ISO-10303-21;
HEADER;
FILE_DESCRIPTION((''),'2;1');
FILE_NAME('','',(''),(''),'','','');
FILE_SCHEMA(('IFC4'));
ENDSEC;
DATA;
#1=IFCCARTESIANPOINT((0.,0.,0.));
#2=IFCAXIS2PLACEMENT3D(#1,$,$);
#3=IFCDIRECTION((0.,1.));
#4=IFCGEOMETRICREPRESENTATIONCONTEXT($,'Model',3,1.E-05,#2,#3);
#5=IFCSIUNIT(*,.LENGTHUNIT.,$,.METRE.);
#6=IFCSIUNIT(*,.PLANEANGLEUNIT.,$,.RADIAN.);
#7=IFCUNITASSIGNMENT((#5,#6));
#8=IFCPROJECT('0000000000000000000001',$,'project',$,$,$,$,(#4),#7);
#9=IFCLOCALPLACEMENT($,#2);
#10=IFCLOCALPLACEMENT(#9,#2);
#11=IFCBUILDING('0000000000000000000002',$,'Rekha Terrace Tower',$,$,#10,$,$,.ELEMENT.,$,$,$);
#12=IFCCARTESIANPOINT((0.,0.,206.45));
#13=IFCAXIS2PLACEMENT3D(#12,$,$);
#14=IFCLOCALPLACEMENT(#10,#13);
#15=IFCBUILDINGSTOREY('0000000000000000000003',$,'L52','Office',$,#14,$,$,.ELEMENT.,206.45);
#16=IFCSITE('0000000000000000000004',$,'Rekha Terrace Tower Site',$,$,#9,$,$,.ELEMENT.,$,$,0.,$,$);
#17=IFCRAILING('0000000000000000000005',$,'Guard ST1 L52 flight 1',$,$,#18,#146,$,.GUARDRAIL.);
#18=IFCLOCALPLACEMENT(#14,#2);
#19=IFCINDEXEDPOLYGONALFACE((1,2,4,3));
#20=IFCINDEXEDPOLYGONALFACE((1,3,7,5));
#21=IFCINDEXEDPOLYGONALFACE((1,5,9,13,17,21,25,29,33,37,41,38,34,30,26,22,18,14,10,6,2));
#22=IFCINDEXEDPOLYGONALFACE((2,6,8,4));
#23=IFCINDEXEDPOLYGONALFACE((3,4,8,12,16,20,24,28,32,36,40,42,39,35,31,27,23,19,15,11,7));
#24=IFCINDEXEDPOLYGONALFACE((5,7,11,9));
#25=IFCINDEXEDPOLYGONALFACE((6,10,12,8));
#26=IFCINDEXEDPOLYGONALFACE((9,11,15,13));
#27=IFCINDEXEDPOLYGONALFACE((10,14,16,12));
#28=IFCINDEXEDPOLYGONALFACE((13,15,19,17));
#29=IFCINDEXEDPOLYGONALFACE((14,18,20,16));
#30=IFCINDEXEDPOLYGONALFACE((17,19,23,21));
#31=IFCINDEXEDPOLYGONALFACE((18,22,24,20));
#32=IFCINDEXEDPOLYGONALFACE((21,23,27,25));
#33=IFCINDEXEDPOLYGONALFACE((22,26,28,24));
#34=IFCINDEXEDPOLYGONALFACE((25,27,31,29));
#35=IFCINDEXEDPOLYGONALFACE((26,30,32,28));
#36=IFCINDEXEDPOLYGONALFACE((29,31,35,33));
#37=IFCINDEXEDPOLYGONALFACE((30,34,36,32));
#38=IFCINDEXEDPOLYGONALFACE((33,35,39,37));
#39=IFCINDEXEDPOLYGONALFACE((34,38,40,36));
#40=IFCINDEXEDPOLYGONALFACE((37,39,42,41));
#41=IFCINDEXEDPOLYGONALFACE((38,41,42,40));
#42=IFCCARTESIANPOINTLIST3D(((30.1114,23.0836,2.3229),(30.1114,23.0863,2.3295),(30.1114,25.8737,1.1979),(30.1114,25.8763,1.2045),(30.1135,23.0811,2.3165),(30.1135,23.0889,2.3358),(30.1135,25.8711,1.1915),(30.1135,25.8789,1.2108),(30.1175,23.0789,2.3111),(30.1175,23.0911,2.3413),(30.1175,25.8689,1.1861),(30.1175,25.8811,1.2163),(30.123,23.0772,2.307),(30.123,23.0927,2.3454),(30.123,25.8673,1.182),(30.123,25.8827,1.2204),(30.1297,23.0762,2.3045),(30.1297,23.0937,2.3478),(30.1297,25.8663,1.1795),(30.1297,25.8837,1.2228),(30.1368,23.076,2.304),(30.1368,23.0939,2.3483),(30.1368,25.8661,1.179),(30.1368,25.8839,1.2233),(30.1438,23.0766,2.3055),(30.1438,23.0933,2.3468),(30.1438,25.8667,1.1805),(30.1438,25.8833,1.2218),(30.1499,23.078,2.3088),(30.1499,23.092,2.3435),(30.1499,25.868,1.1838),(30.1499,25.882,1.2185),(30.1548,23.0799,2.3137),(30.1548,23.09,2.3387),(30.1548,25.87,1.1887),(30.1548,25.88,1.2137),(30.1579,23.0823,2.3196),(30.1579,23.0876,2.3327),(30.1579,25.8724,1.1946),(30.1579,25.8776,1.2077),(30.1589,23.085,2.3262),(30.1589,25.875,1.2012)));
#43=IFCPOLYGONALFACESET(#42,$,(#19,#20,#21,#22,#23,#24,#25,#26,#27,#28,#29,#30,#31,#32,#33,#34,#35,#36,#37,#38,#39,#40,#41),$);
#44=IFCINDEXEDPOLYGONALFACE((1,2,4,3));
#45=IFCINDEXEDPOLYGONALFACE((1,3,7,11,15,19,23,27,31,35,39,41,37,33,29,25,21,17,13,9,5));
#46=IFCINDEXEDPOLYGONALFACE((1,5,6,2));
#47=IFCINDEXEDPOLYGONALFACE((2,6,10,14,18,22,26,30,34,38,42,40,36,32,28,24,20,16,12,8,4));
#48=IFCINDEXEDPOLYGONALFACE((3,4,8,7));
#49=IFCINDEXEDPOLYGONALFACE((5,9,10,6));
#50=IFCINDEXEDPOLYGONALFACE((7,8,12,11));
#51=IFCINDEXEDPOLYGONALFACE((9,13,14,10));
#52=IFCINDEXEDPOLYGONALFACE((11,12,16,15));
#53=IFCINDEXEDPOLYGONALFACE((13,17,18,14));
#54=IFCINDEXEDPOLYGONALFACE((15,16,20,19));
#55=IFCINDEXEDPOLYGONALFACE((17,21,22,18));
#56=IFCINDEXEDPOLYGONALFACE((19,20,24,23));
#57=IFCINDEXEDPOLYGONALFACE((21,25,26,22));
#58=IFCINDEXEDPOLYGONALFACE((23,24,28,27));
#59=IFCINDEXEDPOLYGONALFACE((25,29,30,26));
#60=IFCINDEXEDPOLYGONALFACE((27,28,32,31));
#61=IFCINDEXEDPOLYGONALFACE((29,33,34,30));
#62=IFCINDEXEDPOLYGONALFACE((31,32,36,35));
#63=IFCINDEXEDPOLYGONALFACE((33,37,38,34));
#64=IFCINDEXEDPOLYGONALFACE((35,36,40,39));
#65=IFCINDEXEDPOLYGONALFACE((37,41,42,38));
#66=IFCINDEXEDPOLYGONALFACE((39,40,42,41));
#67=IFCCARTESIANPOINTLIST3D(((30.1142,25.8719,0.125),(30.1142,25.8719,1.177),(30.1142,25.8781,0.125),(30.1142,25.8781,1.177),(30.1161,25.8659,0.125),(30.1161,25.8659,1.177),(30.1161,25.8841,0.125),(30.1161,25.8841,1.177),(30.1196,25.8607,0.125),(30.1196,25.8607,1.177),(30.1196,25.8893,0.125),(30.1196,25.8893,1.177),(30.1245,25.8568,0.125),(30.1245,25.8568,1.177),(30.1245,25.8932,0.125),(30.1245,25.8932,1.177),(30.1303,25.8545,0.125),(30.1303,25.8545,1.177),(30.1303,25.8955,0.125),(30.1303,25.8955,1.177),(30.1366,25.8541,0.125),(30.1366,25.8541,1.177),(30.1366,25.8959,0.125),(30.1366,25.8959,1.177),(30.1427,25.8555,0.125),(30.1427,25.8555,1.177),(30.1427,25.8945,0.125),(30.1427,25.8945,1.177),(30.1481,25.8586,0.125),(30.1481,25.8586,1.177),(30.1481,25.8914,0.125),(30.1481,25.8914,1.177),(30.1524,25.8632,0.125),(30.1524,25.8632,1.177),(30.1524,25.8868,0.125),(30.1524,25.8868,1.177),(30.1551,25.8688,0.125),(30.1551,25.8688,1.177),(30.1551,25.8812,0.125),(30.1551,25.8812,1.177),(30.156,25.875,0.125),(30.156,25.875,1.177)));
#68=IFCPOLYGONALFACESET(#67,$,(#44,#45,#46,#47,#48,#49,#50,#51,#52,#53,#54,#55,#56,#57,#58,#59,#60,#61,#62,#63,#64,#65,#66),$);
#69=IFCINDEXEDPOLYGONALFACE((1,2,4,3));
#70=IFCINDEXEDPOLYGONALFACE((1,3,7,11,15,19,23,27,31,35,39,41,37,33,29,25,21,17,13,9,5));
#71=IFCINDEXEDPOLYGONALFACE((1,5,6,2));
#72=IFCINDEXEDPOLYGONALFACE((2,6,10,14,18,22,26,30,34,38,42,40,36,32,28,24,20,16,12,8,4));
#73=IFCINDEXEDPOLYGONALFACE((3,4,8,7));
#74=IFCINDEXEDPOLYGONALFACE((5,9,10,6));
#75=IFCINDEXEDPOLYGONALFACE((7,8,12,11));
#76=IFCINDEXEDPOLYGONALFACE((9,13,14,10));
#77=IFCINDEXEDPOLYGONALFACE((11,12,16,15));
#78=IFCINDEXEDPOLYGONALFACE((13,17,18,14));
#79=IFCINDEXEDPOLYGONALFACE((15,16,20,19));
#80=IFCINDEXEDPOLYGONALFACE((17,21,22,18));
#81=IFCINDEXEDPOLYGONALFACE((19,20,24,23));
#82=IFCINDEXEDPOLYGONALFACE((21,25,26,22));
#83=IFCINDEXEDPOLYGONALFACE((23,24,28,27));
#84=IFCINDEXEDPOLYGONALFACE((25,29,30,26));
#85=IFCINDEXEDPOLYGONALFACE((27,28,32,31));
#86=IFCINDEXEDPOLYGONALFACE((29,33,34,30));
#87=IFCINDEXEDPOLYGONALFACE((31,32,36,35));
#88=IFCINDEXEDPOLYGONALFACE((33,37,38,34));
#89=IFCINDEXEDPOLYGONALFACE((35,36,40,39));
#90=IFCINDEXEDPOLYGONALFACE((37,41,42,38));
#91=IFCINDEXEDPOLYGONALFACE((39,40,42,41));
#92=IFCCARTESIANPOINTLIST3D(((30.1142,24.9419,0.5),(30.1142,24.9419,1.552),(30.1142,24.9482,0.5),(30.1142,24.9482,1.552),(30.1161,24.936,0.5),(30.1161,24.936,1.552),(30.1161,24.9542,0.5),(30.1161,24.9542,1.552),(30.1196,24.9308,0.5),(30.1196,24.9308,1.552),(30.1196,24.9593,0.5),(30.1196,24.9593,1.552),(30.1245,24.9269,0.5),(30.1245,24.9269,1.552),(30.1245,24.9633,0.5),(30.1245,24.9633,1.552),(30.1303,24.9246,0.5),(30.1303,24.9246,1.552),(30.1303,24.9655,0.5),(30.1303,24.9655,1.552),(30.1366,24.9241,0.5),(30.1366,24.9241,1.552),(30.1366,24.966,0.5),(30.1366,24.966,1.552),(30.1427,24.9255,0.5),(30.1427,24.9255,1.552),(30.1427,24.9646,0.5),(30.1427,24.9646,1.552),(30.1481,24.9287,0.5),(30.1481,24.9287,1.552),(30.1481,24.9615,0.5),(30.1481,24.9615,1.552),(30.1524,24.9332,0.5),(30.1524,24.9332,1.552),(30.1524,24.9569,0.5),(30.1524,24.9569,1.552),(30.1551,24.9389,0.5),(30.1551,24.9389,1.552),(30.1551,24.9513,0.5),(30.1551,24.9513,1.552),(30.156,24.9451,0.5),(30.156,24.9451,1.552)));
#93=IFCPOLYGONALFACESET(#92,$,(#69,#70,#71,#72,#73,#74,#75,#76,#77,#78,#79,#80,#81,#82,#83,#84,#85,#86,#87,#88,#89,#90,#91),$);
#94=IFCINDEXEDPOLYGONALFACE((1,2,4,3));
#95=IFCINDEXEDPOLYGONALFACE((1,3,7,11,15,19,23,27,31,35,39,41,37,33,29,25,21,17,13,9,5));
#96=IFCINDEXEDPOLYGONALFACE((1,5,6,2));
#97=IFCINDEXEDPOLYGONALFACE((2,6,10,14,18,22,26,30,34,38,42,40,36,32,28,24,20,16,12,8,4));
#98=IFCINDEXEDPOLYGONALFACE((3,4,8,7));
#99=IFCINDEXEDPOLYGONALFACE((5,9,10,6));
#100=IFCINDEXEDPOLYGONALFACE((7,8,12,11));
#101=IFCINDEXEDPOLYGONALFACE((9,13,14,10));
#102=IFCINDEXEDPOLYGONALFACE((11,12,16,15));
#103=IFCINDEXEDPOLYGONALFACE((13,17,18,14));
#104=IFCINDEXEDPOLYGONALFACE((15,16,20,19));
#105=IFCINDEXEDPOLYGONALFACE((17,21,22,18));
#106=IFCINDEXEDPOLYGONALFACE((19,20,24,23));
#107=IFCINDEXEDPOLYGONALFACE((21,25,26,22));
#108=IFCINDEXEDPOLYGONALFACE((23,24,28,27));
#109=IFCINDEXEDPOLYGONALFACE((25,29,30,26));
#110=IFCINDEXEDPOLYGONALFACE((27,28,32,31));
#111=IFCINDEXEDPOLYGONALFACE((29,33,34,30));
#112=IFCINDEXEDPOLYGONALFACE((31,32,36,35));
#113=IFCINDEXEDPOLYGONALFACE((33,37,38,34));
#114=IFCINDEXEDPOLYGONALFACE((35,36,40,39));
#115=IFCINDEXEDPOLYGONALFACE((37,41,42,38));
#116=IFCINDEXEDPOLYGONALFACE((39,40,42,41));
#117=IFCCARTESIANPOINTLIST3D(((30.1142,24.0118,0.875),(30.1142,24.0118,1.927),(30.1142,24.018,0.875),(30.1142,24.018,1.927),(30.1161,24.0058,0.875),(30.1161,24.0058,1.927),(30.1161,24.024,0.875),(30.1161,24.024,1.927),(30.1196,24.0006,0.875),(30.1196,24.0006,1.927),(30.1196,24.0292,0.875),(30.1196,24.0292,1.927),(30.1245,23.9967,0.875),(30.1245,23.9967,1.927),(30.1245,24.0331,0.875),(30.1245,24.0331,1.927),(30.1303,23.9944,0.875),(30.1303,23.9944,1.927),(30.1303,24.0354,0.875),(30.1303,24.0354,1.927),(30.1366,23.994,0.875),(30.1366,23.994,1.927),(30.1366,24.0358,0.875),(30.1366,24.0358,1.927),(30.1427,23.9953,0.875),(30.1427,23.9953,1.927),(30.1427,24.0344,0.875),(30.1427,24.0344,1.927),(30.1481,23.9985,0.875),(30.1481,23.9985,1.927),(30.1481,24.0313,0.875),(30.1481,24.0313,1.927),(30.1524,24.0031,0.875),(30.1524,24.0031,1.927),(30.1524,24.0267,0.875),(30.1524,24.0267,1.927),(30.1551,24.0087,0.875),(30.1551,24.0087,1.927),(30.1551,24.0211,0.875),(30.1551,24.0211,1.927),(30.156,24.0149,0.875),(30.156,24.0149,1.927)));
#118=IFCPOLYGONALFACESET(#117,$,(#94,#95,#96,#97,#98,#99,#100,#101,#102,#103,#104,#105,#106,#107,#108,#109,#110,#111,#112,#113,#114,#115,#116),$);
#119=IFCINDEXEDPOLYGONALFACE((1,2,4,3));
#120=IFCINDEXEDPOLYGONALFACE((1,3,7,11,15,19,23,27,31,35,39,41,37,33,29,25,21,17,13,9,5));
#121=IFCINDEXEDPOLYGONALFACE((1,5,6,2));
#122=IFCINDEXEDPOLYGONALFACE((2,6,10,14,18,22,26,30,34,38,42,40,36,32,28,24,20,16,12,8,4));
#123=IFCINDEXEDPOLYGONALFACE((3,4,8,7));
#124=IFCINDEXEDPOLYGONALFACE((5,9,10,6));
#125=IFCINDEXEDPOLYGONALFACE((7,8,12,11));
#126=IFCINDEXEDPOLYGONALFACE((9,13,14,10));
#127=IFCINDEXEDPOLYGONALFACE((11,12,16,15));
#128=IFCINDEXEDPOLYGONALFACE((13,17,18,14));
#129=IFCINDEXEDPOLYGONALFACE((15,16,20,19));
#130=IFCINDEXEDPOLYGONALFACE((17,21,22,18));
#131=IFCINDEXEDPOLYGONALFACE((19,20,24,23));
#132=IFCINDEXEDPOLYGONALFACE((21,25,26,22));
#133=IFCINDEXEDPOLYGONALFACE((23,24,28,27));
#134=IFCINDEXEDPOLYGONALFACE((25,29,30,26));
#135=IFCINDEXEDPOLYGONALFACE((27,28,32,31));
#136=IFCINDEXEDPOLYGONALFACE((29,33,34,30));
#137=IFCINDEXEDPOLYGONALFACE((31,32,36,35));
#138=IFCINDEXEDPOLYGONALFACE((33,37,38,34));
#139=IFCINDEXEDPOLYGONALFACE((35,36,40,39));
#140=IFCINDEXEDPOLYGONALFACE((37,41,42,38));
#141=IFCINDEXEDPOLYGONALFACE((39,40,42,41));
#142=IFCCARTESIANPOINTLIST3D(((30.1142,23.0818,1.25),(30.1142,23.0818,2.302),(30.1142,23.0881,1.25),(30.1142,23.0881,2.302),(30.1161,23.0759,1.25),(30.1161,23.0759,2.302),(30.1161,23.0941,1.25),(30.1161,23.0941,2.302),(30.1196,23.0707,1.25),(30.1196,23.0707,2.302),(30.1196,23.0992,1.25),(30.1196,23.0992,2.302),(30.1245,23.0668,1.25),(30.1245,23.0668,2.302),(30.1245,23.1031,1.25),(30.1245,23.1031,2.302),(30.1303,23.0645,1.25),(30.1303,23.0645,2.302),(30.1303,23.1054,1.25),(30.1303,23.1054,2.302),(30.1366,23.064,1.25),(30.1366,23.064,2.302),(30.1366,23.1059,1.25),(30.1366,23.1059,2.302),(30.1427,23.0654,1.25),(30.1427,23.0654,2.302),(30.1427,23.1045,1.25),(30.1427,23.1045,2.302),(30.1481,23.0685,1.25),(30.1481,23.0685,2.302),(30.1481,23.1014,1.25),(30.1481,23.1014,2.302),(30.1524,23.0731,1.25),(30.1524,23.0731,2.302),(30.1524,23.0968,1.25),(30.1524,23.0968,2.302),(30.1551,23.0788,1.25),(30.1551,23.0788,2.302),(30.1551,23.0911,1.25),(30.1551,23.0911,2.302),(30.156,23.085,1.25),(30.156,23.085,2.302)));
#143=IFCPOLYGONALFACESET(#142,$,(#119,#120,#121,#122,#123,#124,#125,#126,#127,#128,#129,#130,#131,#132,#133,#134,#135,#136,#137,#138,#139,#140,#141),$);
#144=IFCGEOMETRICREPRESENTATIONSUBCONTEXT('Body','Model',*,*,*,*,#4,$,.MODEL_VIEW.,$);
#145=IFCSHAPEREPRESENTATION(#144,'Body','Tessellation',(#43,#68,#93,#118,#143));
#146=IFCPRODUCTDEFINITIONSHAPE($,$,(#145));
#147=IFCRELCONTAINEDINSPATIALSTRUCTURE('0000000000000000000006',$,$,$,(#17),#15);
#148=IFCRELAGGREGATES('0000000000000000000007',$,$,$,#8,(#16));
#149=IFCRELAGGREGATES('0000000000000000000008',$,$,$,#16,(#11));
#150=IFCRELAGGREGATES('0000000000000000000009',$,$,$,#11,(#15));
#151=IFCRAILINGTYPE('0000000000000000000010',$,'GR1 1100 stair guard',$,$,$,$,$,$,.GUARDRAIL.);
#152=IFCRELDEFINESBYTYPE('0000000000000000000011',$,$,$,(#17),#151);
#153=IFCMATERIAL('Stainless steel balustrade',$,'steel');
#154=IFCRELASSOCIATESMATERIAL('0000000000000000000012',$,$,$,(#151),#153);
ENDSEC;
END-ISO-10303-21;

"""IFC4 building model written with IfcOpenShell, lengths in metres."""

from ifc_helpers import new_model, si_unit, direction, frame, origin, origin_2d, place, context, subcontext, project, spatial, circle, extrude, material, type_object, element, save


model = new_model("IFC4")

# Units and contexts
model_context = context("Model", 3, precision=1e-05, world=origin(), true_north=direction((0.0, 1.0)))
body_context = subcontext(model_context, "Body", "Model", "MODEL_VIEW")
ifc_project = project(units=[si_unit("LENGTHUNIT", "METRE"), si_unit("PLANEANGLEUNIT", "RADIAN")], contexts=[model_context])

# Site, building, storey
site_placement = place(None, origin())
site = spatial("IfcSite", under=ifc_project, at=site_placement, Name="Rekha Terrace Tower Site", CompositionType="ELEMENT", RefElevation=0.0)
building_placement = place(site_placement, origin())
building = spatial("IfcBuilding", under=site, at=building_placement, Name="Rekha Terrace Tower", CompositionType="ELEMENT")
storey_placement = place(building_placement, frame((0.0, 0.0, 206.45)))
storey = spatial("IfcBuildingStorey", under=building, at=storey_placement, Name="L52", Description="Office", CompositionType="ELEMENT", Elevation=206.45)

# Railing
ifc_material_1 = material(Name="Stainless steel balustrade", Category="steel")
railing_type_1 = type_object("IfcRailingType", Name="GR1 1100 stair guard", PredefinedType="GUARDRAIL", material=ifc_material_1)
railing_1_placement = place(storey_placement, frame((30.135, 25.875, 0.125)))
element("IfcRailing", 1, at=railing_1_placement, inside=storey, type_object=railing_type_1, Name="Guard ST1 L52 flight 1", PredefinedType="GUARDRAIL", context=body_context, shape_type="SweptSolid", body=[
    extrude(circle(Radius=0.0239, at=origin_2d()), frame((0.0, 0.0, 1.0762), z_axis=(0.0, -0.927443, 0.373964), x_axis=(1.0, 0.0, 0.0)), (0.0, 0.0, 1.0), 3.0083),
    extrude(circle(Radius=0.021, at=origin_2d()), origin(), (0.0, 0.0, 1.0), 1.052),
    extrude(circle(Radius=0.021, at=origin_2d()), frame((0.0, -0.9299, 0.375)), (0.0, 0.0, 1.0), 1.052),
    extrude(circle(Radius=0.021, at=origin_2d()), frame((0.0, -1.8601, 0.75)), (0.0, 0.0, 1.0), 1.052),
    extrude(circle(Radius=0.021, at=origin_2d()), frame((0.0, -2.79, 1.125)), (0.0, 0.0, 1.0), 1.052),
])

save(model, "model.ifc")
